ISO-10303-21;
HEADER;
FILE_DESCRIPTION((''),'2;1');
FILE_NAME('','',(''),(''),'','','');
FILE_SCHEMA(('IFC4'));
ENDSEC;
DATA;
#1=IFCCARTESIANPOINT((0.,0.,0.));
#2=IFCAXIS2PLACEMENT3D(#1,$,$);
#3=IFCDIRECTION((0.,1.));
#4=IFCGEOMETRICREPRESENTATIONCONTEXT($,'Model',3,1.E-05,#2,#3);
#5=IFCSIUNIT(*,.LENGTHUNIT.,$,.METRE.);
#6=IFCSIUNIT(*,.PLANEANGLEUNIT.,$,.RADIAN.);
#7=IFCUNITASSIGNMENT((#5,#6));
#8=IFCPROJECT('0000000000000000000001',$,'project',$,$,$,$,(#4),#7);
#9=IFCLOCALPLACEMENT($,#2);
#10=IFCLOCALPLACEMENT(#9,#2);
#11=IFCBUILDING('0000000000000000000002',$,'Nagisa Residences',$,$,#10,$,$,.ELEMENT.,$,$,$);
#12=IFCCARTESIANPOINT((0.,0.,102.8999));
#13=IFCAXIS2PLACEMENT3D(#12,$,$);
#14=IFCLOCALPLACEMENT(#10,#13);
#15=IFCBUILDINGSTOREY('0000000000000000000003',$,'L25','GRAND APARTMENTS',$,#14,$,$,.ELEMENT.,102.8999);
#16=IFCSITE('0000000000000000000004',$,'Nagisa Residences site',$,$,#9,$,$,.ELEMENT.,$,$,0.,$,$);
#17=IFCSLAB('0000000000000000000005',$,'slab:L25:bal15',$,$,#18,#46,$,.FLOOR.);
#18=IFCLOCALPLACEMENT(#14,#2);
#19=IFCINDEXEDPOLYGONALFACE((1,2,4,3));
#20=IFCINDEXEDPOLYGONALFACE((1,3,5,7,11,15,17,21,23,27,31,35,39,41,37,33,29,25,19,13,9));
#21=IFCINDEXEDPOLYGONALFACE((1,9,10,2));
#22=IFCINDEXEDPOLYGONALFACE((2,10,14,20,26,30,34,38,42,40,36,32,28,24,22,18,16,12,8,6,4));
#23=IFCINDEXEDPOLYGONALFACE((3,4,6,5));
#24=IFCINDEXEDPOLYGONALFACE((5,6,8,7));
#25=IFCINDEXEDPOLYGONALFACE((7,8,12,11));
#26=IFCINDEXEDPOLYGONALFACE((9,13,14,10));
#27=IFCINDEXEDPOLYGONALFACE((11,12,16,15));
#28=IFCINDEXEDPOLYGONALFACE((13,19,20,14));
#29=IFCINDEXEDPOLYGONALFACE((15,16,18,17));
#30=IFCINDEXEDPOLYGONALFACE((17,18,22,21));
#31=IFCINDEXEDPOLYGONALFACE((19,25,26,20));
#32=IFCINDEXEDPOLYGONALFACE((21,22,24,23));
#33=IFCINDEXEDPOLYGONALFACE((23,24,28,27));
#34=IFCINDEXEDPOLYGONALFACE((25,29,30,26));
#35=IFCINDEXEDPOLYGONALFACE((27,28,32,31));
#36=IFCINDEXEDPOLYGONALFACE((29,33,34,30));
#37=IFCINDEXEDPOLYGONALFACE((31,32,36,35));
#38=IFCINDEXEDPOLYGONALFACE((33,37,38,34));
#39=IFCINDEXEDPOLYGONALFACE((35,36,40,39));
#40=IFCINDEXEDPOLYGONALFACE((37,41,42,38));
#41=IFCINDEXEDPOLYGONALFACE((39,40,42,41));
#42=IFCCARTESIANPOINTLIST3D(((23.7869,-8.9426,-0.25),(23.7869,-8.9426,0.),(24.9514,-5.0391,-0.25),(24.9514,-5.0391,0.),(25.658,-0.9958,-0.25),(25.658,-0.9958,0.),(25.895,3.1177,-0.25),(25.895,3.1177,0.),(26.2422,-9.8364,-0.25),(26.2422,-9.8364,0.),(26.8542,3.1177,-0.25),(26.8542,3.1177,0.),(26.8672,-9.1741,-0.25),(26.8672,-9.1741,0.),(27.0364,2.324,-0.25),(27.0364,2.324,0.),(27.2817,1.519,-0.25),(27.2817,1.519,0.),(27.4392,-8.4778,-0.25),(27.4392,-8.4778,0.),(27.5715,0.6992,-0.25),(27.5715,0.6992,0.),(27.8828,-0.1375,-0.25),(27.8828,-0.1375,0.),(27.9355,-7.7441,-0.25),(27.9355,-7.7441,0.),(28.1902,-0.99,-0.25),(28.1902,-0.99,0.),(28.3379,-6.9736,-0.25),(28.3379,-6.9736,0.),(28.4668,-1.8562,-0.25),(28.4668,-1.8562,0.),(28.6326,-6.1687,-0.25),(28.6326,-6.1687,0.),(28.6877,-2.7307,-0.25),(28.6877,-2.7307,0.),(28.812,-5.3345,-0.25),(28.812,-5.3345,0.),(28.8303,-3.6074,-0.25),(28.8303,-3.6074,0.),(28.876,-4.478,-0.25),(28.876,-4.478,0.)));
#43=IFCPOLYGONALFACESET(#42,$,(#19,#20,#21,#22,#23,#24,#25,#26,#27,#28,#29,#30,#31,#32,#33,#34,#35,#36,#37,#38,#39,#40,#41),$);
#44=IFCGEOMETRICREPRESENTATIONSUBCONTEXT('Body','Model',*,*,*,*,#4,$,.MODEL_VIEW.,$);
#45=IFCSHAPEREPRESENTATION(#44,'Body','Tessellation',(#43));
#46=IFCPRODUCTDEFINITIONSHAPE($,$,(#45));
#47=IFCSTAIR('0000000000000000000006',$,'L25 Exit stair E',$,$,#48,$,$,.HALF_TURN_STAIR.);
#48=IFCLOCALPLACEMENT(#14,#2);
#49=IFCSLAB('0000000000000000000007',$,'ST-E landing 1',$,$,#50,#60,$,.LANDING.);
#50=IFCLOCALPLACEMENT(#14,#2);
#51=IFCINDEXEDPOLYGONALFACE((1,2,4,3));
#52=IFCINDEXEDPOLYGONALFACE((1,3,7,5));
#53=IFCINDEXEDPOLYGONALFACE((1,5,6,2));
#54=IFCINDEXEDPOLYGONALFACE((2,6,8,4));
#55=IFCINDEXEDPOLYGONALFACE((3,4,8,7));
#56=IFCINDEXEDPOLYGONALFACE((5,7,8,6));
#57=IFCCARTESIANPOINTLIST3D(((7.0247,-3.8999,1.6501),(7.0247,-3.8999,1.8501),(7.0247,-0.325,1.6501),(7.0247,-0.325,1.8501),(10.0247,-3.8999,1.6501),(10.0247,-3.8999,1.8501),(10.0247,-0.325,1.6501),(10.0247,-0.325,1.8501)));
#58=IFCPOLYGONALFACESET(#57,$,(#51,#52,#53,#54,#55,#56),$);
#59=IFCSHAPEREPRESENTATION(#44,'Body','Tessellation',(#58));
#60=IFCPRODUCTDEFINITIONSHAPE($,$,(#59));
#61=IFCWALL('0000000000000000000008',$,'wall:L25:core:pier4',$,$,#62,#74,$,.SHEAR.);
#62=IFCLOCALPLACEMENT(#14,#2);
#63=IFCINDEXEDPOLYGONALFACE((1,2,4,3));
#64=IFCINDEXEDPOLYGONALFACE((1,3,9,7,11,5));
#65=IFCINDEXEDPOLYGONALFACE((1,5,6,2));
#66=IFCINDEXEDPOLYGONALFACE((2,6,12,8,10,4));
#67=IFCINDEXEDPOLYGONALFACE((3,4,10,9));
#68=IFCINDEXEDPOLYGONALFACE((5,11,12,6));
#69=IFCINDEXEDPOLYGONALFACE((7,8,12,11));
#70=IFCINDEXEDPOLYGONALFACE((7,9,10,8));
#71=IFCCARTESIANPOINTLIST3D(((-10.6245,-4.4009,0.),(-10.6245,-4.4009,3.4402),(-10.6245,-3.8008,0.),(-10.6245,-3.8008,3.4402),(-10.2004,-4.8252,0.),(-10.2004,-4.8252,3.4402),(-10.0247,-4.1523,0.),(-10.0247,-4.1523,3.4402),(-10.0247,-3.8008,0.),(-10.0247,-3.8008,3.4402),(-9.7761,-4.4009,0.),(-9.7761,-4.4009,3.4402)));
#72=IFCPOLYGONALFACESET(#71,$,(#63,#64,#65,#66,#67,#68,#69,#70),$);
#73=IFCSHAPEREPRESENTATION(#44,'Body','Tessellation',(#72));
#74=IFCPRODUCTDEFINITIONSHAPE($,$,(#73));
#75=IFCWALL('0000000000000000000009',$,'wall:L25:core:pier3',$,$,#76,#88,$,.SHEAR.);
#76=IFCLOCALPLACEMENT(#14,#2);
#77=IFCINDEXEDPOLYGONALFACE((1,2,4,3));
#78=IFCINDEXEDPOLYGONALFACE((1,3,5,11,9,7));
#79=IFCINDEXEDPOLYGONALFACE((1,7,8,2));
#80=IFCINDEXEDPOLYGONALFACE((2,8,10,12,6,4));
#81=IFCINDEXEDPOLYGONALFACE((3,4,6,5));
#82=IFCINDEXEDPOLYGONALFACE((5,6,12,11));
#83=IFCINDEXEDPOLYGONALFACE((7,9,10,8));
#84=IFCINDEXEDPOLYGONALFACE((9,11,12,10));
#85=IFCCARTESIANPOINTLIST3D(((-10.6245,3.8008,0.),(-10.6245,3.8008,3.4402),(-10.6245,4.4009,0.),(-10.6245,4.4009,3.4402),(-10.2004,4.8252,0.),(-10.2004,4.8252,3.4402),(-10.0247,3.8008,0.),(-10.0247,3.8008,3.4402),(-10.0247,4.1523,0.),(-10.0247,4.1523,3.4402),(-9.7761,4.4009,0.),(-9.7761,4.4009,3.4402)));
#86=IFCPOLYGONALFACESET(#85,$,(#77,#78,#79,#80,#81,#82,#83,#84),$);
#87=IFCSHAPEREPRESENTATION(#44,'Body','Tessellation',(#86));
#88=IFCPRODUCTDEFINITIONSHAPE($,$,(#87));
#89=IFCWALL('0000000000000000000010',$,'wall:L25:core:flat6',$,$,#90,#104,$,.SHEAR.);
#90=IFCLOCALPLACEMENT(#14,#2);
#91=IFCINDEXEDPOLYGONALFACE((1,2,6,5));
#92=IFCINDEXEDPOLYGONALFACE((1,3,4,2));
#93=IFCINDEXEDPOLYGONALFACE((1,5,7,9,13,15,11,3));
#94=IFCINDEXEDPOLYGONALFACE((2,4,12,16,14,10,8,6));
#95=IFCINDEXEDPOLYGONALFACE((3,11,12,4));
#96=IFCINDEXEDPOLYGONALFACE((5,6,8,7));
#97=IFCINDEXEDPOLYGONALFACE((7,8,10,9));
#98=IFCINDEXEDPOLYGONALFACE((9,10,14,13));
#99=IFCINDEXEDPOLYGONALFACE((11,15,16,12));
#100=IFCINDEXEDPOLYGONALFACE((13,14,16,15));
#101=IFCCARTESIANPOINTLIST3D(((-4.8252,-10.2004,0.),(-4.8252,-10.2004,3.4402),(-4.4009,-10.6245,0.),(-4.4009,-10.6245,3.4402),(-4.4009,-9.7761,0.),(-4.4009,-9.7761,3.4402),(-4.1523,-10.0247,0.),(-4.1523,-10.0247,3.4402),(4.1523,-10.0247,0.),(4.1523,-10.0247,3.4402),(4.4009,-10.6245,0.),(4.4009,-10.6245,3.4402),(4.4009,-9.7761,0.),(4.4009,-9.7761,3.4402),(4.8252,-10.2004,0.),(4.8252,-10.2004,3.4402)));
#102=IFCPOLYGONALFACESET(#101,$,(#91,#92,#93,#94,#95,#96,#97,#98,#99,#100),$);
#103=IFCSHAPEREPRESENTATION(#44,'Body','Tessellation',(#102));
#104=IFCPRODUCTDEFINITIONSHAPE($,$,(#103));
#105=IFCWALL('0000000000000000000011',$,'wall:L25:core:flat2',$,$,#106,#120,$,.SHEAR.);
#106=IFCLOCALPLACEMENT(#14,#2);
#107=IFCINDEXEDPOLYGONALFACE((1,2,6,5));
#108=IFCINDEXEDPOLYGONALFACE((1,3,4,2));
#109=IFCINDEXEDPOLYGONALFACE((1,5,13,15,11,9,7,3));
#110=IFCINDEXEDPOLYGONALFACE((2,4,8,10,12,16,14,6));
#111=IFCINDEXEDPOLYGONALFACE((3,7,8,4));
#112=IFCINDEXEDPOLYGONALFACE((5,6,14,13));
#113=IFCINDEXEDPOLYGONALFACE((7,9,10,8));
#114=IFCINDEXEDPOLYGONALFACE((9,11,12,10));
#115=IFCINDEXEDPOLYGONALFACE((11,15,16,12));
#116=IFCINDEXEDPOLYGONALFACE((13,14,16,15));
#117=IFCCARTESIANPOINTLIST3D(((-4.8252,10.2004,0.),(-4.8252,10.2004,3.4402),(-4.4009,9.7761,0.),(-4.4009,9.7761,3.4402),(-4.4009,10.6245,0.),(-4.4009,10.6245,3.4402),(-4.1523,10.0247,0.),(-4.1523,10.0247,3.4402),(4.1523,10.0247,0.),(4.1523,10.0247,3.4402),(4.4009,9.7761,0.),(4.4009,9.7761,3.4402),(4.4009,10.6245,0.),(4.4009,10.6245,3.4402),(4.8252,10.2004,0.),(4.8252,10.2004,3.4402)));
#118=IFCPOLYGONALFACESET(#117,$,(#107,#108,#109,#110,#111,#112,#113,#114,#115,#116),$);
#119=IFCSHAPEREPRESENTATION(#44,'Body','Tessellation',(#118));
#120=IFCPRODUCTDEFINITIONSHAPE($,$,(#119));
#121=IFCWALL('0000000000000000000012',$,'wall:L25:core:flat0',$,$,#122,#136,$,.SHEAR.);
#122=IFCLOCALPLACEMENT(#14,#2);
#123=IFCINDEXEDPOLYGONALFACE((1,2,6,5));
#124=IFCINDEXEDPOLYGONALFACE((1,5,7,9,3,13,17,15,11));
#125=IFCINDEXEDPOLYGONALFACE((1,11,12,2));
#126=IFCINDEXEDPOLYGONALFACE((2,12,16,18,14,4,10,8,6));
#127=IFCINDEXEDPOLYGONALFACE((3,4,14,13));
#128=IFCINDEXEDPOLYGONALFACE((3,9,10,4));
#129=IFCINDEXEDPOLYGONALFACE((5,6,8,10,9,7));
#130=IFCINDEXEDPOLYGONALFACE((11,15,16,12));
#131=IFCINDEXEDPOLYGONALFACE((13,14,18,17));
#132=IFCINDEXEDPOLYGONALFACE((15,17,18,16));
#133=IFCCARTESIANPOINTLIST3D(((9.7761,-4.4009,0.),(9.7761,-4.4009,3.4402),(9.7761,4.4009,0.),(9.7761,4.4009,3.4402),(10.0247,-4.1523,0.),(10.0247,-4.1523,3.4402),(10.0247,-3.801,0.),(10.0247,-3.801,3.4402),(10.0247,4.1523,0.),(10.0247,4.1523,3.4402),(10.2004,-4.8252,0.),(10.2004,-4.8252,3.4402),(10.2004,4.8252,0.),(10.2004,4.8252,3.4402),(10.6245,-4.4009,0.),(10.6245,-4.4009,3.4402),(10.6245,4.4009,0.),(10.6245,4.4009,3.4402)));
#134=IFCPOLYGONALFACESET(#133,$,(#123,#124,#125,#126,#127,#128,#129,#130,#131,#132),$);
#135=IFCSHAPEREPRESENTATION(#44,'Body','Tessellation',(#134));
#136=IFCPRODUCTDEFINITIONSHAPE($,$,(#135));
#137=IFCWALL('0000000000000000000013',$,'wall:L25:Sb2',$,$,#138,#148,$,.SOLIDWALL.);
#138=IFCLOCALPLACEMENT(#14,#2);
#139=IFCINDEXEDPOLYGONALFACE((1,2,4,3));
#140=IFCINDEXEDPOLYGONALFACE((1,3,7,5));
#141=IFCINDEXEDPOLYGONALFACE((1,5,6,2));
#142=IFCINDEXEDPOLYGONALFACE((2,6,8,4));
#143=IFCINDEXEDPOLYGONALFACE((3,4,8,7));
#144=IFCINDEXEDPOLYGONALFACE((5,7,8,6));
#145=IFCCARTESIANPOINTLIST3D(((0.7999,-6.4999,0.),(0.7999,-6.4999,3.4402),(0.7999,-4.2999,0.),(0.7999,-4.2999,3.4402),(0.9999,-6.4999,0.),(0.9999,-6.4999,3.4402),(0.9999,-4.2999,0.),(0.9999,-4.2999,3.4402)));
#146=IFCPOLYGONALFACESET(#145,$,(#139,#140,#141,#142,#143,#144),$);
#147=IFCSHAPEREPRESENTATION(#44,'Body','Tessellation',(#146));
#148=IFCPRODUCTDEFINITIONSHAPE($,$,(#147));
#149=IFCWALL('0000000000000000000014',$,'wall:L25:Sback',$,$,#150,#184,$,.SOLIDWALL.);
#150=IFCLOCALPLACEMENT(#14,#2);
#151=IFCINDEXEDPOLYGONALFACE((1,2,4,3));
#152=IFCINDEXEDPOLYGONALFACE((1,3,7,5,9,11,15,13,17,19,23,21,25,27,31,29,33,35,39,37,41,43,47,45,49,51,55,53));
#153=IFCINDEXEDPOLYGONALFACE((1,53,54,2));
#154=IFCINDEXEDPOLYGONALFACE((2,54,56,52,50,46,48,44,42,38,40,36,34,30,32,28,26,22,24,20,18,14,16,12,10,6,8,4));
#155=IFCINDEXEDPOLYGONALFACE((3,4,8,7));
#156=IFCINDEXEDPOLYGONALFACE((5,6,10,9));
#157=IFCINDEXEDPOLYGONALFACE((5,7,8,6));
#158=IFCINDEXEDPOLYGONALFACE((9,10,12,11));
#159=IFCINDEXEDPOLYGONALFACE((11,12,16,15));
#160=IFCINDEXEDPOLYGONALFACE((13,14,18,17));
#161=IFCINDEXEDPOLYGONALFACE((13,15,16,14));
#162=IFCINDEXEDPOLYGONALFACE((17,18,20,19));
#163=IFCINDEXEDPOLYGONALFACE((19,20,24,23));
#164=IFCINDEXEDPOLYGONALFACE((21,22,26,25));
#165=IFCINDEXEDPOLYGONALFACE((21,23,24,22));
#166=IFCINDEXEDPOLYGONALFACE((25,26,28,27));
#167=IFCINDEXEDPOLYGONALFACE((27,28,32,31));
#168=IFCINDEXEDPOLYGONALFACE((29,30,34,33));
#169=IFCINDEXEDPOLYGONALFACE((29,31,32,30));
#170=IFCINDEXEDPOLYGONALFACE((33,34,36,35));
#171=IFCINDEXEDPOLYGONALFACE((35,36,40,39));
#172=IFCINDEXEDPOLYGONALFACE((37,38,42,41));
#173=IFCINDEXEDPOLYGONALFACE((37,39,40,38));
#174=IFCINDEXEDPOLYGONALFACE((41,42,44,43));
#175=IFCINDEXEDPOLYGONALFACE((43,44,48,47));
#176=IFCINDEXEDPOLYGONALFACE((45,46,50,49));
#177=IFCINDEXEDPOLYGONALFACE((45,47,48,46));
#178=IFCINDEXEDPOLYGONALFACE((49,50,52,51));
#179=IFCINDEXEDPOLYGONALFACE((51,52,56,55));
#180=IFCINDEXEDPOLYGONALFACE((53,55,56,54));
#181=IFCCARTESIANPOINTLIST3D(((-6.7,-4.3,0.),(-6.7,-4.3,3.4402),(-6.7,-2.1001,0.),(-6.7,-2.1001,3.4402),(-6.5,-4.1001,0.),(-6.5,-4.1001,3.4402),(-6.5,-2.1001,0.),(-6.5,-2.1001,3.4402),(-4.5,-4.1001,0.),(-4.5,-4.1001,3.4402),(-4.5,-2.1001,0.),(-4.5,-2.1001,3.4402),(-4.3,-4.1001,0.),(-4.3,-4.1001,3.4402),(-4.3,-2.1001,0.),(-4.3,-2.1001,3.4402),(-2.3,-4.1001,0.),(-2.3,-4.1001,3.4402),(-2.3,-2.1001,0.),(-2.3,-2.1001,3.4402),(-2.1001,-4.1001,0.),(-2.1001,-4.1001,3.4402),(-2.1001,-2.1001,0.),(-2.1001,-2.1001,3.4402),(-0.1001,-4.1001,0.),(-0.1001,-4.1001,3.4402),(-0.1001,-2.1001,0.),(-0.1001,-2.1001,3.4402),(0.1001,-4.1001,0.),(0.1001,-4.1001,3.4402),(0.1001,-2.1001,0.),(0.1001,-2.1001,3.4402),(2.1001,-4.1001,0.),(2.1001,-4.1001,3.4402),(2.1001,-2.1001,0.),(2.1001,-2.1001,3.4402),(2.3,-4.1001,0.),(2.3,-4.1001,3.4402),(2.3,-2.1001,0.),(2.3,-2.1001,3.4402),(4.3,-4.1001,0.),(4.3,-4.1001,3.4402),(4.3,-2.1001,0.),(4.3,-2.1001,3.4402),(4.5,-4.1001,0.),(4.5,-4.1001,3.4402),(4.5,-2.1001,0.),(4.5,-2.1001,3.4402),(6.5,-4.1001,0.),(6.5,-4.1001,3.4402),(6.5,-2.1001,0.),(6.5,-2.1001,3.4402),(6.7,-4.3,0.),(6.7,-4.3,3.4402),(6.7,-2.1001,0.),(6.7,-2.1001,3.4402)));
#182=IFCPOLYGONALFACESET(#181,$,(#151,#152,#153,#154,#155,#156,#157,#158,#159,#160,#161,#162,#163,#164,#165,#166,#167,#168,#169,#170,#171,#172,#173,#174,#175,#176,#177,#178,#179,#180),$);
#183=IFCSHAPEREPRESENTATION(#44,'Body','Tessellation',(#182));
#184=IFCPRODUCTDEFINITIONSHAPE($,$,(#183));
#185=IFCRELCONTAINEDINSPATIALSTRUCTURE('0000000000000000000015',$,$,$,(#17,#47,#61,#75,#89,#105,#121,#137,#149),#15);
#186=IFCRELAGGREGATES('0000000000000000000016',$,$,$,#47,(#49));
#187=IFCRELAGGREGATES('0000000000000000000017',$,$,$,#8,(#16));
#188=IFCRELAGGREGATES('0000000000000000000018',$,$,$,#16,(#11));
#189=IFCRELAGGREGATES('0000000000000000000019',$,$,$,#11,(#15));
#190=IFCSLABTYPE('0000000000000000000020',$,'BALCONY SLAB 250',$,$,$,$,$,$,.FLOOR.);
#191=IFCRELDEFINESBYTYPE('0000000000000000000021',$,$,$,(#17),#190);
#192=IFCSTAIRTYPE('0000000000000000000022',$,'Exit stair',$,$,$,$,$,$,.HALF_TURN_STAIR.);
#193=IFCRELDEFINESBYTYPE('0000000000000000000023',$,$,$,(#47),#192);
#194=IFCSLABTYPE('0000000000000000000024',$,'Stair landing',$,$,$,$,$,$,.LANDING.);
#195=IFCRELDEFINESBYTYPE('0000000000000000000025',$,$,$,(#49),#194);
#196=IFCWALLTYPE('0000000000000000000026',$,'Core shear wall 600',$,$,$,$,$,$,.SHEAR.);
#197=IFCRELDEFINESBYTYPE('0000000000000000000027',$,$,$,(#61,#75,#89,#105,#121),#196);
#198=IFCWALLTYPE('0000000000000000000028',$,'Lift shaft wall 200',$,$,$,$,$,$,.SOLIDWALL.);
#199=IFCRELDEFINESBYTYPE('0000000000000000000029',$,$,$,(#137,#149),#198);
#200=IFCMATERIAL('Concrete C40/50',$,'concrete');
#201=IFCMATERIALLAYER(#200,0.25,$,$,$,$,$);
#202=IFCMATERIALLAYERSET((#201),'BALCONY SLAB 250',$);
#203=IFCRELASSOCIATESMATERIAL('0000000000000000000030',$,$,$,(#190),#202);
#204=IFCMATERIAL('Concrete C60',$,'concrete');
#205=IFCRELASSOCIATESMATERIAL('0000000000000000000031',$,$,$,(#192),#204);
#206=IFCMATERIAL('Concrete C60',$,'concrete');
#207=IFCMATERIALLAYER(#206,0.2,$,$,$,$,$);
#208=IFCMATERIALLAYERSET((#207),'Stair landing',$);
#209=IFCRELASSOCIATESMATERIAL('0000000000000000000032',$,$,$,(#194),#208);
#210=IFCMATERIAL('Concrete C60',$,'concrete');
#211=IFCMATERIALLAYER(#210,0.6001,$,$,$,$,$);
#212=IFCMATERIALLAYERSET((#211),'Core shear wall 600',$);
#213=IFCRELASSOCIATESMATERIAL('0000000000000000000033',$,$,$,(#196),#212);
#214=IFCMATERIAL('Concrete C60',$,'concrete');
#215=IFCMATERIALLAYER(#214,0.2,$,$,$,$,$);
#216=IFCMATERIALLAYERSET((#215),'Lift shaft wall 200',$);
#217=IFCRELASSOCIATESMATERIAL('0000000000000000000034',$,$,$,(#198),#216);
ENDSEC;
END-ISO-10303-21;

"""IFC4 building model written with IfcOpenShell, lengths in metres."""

from ifc_helpers import new_model, si_unit, direction, frame, frame_2d, origin, place, context, subcontext, project, spatial, polyline, rectangle, outline, extrude, material, layer, layer_set, type_object, element, aggregate, save


model = new_model("IFC4")

# Units and contexts
model_context = context("Model", 3, precision=1e-05, world=origin(), true_north=direction((0.0, 1.0)))
body_context = subcontext(model_context, "Body", "Model", "MODEL_VIEW")
ifc_project = project(units=[si_unit("LENGTHUNIT", "METRE"), si_unit("PLANEANGLEUNIT", "RADIAN")], contexts=[model_context])

# Site, building, storey
site_placement = place(None, origin())
site = spatial("IfcSite", under=ifc_project, at=site_placement, Name="Nagisa Residences site", CompositionType="ELEMENT", RefElevation=0.0)
building_placement = place(site_placement, origin())
building = spatial("IfcBuilding", under=site, at=building_placement, Name="Nagisa Residences", CompositionType="ELEMENT")
storey_placement = place(building_placement, frame((0.0, 0.0, 102.8999)))
storey = spatial("IfcBuildingStorey", under=building, at=storey_placement, Name="L25", Description="GRAND APARTMENTS", CompositionType="ELEMENT", Elevation=102.8999)

# Slab
ifc_material_1 = material(Name="Concrete C40/50", Category="concrete")
ifc_layer_1 = layer(ifc_material_1, 0.25)
ifc_layer_set_1 = layer_set([ifc_layer_1], Name="BALCONY SLAB 250")
slab_type_1 = type_object("IfcSlabType", Name="BALCONY SLAB 250", PredefinedType="FLOOR", material=ifc_layer_set_1)
slab_1_placement = place(storey_placement, frame((0.0, 0.0, -0.25)))
element("IfcSlab", 1, at=slab_1_placement, inside=storey, type_object=slab_type_1, Name="slab:L25:bal15", PredefinedType="FLOOR", context=body_context, shape_type="SweptSolid", body=[
    extrude(outline(polyline([(26.2422, -9.8364), (26.8672, -9.1741), (27.4392, -8.4778), (27.9355, -7.7441), (28.3379, -6.9736), (28.6326, -6.1687), (28.812, -5.3345), (28.876, -4.478), (28.8303, -3.6074), (28.6877, -2.7307), (28.4668, -1.8562), (28.1902, -0.99), (27.8828, -0.1375), (27.5715, 0.6992), (27.2817, 1.519), (27.0364, 2.324), (26.8542, 3.1177), (25.895, 3.1177), (25.658, -0.9958), (24.9514, -5.0391), (23.7869, -8.9426), (26.2422, -9.8364)])), origin(), (0.0, 0.0, 1.0), 0.25),
])

# Stair, slab
ifc_material_2 = material(Name="Concrete C60", Category="concrete")
stair_type = type_object("IfcStairType", Name="Exit stair", PredefinedType="HALF_TURN_STAIR", material=ifc_material_2)
stair_1_placement = place(storey_placement, origin())
stair_1 = element("IfcStair", 2, at=stair_1_placement, inside=storey, type_object=stair_type, Name="L25 Exit stair E", PredefinedType="HALF_TURN_STAIR")
ifc_material_3 = material(Name="Concrete C60", Category="concrete")
ifc_layer_2 = layer(ifc_material_3, 0.2)
ifc_layer_set_2 = layer_set([ifc_layer_2], Name="Stair landing")
slab_type_2 = type_object("IfcSlabType", Name="Stair landing", PredefinedType="LANDING", material=ifc_layer_set_2)
slab_2_placement = place(storey_placement, frame((0.0, 0.0, 1.6501)))
slab_2 = element("IfcSlab", 3, at=slab_2_placement, type_object=slab_type_2, Name="ST-E landing 1", PredefinedType="LANDING", context=body_context, shape_type="SweptSolid", body=[
    extrude(outline(polyline([(7.0247, -0.325), (7.0247, -3.8999), (10.0247, -3.8999), (10.0247, -0.325), (7.0247, -0.325)])), origin(), (0.0, 0.0, 1.0), 0.2),
])
aggregate(stair_1, [slab_2])

# Walls
ifc_material_4 = material(Name="Concrete C60", Category="concrete")
ifc_layer_3 = layer(ifc_material_4, 0.6001)
ifc_layer_set_3 = layer_set([ifc_layer_3], Name="Core shear wall 600")
wall_type_1 = type_object("IfcWallType", Name="Core shear wall 600", PredefinedType="SHEAR", material=ifc_layer_set_3)
wall_1_placement = place(storey_placement, origin())
element("IfcWall", 4, at=wall_1_placement, inside=storey, type_object=wall_type_1, Name="wall:L25:core:pier4", PredefinedType="SHEAR", context=body_context, shape_type="SweptSolid", body=[
    extrude(outline(polyline([(-10.6245, -3.8008), (-10.0247, -3.8008), (-10.0247, -4.1523), (-9.7761, -4.4009), (-10.2004, -4.8252), (-10.6245, -4.4009), (-10.6245, -3.8008)])), origin(), (0.0, 0.0, 1.0), 3.4402),
])
wall_2_placement = place(storey_placement, origin())
element("IfcWall", 5, at=wall_2_placement, inside=storey, type_object=wall_type_1, Name="wall:L25:core:pier3", PredefinedType="SHEAR", context=body_context, shape_type="SweptSolid", body=[
    extrude(outline(polyline([(-10.2004, 4.8252), (-9.7761, 4.4009), (-10.0247, 4.1523), (-10.0247, 3.8008), (-10.6245, 3.8008), (-10.6245, 4.4009), (-10.2004, 4.8252)])), origin(), (0.0, 0.0, 1.0), 3.4402),
])
wall_3_placement = place(storey_placement, origin())
element("IfcWall", 6, at=wall_3_placement, inside=storey, type_object=wall_type_1, Name="wall:L25:core:flat6", PredefinedType="SHEAR", context=body_context, shape_type="SweptSolid", body=[
    extrude(outline(polyline([(-4.1523, -10.0247), (4.1523, -10.0247), (4.4009, -9.7761), (4.8252, -10.2004), (4.4009, -10.6245), (-4.4009, -10.6245), (-4.8252, -10.2004), (-4.4009, -9.7761), (-4.1523, -10.0247)])), origin(), (0.0, 0.0, 1.0), 3.4402),
])
wall_4_placement = place(storey_placement, origin())
element("IfcWall", 7, at=wall_4_placement, inside=storey, type_object=wall_type_1, Name="wall:L25:core:flat2", PredefinedType="SHEAR", context=body_context, shape_type="SweptSolid", body=[
    extrude(outline(polyline([(-4.1523, 10.0247), (-4.4009, 9.7761), (-4.8252, 10.2004), (-4.4009, 10.6245), (4.4009, 10.6245), (4.8252, 10.2004), (4.4009, 9.7761), (4.1523, 10.0247), (-4.1523, 10.0247)])), origin(), (0.0, 0.0, 1.0), 3.4402),
])
wall_5_placement = place(storey_placement, origin())
element("IfcWall", 8, at=wall_5_placement, inside=storey, type_object=wall_type_1, Name="wall:L25:core:flat0", PredefinedType="SHEAR", context=body_context, shape_type="SweptSolid", body=[
    extrude(outline(polyline([(9.7761, -4.4009), (10.0247, -4.1523), (10.0247, -3.801), (10.0247, 4.1523), (9.7761, 4.4009), (10.2004, 4.8252), (10.6245, 4.4009), (10.6245, -4.4009), (10.2004, -4.8252), (9.7761, -4.4009)])), origin(), (0.0, 0.0, 1.0), 3.4402),
])
ifc_material_5 = material(Name="Concrete C60", Category="concrete")
ifc_layer_4 = layer(ifc_material_5, 0.2)
ifc_layer_set_4 = layer_set([ifc_layer_4], Name="Lift shaft wall 200")
wall_type_2 = type_object("IfcWallType", Name="Lift shaft wall 200", PredefinedType="SOLIDWALL", material=ifc_layer_set_4)
wall_6_placement = place(storey_placement, frame((0.8999, -6.5, 0.0), z_axis=(0.0, 0.0, 1.0), x_axis=(0.0, 1.0, 0.0)))
element("IfcWall", 9, at=wall_6_placement, inside=storey, type_object=wall_type_2, Name="wall:L25:Sb2", PredefinedType="SOLIDWALL", context=body_context, shape_type="SweptSolid", body=[
    extrude(rectangle(XDim=2.2, YDim=0.2, at=frame_2d((1.1001, 0.0))), origin(), (0.0, 0.0, 1.0), 3.4402),
])
wall_7_placement = place(storey_placement, origin())
element("IfcWall", 10, at=wall_7_placement, inside=storey, type_object=wall_type_2, Name="wall:L25:Sback", PredefinedType="SOLIDWALL", context=body_context, shape_type="SweptSolid", body=[
    extrude(outline(polyline([(-6.7, -2.1001), (-6.5, -2.1001), (-6.5, -4.1001), (-4.5, -4.1001), (-4.5, -2.1001), (-4.3, -2.1001), (-4.3, -4.1001), (-2.3, -4.1001), (-2.3, -2.1001), (-2.1001, -2.1001), (-2.1001, -4.1001), (-0.1001, -4.1001), (-0.1001, -2.1001), (0.1001, -2.1001), (0.1001, -4.1001), (2.1001, -4.1001), (2.1001, -2.1001), (2.3, -2.1001), (2.3, -4.1001), (4.3, -4.1001), (4.3, -2.1001), (4.5, -2.1001), (4.5, -4.1001), (6.5, -4.1001), (6.5, -2.1001), (6.7, -2.1001), (6.7, -4.3), (-6.7, -4.3), (-6.7, -2.1001)])), origin(), (0.0, 0.0, 1.0), 3.4402),
])

save(model, "model.ifc")
